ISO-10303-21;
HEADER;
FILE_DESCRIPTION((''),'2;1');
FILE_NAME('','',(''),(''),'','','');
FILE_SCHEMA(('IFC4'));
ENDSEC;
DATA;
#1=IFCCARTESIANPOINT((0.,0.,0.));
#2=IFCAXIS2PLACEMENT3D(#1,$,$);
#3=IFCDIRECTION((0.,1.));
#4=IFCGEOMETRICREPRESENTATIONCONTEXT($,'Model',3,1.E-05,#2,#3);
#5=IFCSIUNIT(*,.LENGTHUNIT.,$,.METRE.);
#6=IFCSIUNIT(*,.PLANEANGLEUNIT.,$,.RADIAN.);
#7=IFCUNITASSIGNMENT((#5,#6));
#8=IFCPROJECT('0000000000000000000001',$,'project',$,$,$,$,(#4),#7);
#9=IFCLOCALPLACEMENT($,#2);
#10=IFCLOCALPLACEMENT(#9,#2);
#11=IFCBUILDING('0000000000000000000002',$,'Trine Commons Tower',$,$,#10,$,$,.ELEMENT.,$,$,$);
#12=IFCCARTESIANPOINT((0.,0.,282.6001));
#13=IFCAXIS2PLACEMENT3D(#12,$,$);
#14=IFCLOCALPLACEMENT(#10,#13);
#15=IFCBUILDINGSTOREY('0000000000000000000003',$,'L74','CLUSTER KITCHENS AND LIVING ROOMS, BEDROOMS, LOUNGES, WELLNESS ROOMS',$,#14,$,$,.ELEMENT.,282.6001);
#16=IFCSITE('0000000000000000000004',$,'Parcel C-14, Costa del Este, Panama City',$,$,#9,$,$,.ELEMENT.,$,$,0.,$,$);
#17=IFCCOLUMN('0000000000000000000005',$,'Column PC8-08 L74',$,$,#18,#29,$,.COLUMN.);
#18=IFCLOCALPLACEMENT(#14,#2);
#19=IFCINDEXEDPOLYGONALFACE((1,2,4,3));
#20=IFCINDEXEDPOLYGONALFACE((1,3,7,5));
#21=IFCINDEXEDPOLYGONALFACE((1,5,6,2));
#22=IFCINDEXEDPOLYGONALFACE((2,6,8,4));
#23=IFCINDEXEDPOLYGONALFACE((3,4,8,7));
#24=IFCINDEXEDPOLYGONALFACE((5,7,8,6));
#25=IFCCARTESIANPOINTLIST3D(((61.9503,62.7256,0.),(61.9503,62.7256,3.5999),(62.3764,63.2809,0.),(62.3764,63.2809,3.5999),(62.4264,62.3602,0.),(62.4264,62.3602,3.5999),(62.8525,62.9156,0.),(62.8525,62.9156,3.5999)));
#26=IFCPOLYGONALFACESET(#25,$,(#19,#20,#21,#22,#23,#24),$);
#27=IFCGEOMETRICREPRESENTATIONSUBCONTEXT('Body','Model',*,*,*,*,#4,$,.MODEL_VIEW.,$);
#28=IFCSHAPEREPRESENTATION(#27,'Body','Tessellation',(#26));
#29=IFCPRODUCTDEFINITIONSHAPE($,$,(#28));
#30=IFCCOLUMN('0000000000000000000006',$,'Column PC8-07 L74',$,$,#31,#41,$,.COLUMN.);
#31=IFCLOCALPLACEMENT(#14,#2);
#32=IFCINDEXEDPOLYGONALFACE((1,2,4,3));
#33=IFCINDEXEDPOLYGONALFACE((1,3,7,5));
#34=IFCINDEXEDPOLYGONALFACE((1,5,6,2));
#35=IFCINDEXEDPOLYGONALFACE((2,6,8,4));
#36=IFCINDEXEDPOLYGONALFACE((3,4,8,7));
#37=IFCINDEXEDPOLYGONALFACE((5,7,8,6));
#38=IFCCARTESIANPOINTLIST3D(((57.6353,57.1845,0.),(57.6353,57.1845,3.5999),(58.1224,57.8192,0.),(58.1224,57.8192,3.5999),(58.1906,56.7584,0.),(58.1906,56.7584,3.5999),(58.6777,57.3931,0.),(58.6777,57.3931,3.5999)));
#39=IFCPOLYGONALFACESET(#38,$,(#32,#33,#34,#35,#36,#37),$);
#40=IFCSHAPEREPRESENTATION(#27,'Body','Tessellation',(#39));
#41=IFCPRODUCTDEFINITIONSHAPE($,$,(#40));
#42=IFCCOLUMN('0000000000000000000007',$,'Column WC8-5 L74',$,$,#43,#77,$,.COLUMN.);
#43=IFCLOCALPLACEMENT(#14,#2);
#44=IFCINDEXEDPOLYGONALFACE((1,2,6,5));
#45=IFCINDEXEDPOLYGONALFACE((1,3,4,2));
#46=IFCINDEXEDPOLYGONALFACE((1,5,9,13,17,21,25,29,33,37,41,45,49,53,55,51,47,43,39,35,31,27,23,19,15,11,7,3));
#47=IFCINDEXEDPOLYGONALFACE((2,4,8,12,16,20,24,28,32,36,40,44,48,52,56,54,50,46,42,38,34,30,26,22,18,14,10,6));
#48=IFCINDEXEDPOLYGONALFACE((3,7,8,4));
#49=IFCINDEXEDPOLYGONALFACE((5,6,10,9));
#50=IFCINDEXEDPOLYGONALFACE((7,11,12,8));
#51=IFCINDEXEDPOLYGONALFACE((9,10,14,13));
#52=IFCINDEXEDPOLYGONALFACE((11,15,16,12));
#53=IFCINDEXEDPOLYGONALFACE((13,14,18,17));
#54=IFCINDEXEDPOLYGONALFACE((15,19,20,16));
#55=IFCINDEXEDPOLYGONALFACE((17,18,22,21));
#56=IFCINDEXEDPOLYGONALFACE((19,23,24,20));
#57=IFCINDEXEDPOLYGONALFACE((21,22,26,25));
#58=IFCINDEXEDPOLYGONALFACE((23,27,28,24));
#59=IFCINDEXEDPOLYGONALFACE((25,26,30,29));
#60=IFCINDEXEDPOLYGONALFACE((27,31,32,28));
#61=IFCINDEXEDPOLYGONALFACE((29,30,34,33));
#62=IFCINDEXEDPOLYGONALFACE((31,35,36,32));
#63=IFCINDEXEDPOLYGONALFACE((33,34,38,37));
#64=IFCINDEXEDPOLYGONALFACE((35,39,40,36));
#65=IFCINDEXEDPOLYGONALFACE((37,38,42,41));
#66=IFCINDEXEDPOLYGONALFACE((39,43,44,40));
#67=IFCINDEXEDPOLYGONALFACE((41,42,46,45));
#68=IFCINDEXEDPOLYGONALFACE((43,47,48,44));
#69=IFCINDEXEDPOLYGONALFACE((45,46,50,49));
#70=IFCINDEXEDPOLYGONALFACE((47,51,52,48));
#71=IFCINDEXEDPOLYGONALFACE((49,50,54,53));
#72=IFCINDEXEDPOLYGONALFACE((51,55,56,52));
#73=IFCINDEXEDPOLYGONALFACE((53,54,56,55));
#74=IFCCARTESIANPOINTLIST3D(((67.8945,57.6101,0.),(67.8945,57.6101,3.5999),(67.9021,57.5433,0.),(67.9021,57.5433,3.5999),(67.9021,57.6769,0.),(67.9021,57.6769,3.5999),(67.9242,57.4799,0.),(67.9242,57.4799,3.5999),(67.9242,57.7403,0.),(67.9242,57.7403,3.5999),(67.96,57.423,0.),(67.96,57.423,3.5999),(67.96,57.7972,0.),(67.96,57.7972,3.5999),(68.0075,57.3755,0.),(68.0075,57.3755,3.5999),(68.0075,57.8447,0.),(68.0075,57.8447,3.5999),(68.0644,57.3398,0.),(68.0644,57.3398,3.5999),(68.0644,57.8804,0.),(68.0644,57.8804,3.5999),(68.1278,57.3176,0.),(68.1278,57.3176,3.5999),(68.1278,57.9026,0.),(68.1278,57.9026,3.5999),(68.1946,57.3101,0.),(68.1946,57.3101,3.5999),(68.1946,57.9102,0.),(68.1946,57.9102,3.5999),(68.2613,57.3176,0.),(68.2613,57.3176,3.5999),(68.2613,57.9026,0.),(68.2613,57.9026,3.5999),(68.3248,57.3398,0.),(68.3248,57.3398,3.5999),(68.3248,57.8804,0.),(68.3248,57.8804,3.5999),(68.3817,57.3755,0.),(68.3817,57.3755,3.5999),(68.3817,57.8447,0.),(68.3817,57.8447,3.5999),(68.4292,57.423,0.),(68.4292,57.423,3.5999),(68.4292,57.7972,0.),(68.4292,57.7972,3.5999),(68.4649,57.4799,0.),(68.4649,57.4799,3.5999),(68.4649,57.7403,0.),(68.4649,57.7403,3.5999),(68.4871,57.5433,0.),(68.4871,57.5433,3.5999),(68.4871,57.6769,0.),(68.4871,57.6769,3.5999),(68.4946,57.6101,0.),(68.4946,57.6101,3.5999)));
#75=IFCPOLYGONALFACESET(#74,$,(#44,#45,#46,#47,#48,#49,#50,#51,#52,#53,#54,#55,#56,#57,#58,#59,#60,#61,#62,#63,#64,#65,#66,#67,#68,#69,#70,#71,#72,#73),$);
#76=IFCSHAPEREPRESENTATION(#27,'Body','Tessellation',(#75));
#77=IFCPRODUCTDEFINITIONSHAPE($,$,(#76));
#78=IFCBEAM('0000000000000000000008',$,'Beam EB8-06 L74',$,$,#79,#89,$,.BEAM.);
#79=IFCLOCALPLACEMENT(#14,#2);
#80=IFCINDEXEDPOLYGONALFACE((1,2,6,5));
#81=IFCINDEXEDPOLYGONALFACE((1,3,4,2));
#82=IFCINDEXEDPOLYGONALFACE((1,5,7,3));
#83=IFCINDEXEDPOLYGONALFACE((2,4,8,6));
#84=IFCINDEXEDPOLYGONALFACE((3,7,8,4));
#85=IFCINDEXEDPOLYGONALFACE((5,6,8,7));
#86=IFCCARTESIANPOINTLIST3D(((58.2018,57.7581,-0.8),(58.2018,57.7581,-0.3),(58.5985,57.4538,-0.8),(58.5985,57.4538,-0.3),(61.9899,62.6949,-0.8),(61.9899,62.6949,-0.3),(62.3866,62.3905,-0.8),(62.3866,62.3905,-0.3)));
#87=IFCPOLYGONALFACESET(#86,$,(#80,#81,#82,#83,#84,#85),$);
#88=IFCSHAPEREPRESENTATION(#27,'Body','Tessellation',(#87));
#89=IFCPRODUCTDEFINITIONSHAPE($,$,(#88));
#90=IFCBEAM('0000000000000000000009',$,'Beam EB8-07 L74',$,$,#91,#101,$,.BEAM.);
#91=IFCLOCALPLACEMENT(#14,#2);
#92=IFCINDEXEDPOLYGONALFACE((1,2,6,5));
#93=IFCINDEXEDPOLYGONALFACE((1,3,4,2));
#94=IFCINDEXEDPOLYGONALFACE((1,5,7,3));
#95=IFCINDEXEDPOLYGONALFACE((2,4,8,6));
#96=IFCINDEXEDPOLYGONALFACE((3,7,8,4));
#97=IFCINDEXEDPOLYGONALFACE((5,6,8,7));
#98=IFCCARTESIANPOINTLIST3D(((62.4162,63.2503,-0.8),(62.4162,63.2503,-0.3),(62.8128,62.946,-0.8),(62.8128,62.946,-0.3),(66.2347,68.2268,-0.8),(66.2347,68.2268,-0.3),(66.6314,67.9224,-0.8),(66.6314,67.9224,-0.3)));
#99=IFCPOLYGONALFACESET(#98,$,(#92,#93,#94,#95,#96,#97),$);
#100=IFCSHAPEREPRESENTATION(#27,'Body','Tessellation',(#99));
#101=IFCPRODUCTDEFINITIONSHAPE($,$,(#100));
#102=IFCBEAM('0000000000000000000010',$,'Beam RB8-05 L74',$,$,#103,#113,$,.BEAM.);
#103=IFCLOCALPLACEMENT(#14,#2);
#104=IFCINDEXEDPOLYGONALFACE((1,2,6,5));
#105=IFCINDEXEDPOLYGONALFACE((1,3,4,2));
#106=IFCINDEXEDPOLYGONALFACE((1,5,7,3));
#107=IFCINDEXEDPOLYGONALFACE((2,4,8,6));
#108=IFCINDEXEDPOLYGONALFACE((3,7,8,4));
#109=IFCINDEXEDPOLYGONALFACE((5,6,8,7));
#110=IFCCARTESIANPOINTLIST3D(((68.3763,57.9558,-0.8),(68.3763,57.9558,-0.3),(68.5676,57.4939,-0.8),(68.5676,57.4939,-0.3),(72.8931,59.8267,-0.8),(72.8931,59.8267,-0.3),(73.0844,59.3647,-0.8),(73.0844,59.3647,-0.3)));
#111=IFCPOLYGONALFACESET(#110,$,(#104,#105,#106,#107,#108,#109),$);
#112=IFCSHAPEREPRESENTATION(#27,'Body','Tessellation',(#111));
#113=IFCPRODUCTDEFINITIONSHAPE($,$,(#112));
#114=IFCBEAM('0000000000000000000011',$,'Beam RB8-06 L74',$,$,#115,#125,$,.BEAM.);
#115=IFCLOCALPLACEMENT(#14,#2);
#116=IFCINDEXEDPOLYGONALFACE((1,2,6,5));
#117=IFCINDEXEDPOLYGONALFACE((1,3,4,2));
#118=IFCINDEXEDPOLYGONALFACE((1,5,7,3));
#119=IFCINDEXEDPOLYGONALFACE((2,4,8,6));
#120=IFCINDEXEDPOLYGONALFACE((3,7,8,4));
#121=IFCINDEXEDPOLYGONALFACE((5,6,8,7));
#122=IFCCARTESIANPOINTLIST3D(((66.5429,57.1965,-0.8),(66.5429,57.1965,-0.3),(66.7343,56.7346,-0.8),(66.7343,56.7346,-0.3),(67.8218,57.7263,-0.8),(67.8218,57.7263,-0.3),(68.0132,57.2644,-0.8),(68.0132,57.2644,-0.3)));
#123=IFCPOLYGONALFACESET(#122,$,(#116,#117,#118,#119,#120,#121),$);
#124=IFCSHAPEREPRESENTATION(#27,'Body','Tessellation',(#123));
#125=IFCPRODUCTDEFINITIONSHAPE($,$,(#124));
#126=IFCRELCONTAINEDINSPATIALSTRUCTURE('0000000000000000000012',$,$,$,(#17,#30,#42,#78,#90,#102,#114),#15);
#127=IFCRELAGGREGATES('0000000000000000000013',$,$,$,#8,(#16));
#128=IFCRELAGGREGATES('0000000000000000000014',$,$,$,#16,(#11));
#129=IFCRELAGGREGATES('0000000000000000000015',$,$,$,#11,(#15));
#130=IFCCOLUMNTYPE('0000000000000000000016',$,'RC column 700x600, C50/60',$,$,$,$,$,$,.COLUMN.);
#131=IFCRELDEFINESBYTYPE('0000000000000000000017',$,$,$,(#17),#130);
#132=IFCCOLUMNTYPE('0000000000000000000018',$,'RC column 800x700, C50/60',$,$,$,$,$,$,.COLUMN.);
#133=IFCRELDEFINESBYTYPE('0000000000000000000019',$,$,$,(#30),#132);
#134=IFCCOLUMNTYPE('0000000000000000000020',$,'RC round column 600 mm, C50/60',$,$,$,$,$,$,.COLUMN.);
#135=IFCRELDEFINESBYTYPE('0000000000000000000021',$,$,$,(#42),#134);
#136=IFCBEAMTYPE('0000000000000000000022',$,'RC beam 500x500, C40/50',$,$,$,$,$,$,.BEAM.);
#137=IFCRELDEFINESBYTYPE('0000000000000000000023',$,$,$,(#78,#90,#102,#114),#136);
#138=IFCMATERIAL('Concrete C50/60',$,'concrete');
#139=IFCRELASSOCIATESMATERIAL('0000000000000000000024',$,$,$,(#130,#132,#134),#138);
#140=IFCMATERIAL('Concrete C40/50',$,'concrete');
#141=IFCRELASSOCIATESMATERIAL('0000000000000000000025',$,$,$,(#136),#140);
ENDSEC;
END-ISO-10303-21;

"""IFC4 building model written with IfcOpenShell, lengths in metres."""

from ifc_helpers import new_model, si_unit, direction, frame, origin, origin_2d, place, context, subcontext, project, spatial, rectangle, circle, extrude, material, material_profile, profile_set, type_object, element, save


model = new_model("IFC4")

# Units and contexts
model_context = context("Model", 3, precision=1e-05, world=origin(), true_north=direction((0.0, 1.0)))
body_context = subcontext(model_context, "Body", "Model", "MODEL_VIEW")
ifc_project = project(units=[si_unit("LENGTHUNIT", "METRE"), si_unit("PLANEANGLEUNIT", "RADIAN")], contexts=[model_context])

# Site, building, storey
site_placement = place(None, origin())
site = spatial("IfcSite", under=ifc_project, at=site_placement, Name="Parcel C-14, Costa del Este, Panama City", CompositionType="ELEMENT", RefElevation=0.0)
building_placement = place(site_placement, origin())
building = spatial("IfcBuilding", under=site, at=building_placement, Name="Trine Commons Tower", CompositionType="ELEMENT")
storey_placement = place(building_placement, frame((0.0, 0.0, 282.6001)))
storey = spatial("IfcBuildingStorey", under=building, at=storey_placement, Name="L74", Description="CLUSTER KITCHENS AND LIVING ROOMS, BEDROOMS, LOUNGES, WELLNESS ROOMS", CompositionType="ELEMENT", Elevation=282.6001)

# Columns
ifc_material_1 = material(Name="Concrete C50/60", Category="concrete")
ifc_material_profile_1 = material_profile(ifc_material_1, rectangle(XDim=0.7, YDim=0.6001, at=origin_2d()), Name="RC 700x600")
ifc_profile_set_1 = profile_set([ifc_material_profile_1], Name="Concrete C50/60")
column_type_1 = type_object("IfcColumnType", Name="RC column 700x600, C50/60", PredefinedType="COLUMN", material=ifc_profile_set_1)
column_1_placement = place(storey_placement, frame((62.4014, 62.8206, 0.0), z_axis=(0.0, 0.0, 1.0), x_axis=(0.608761, 0.793353, 0.0)))
element("IfcColumn", 1, at=column_1_placement, inside=storey, type_object=column_type_1, Name="Column PC8-08 L74", PredefinedType="COLUMN", context=body_context, shape_type="SweptSolid", body=[
    extrude(rectangle(XDim=0.7, YDim=0.6001, at=origin_2d()), origin(), (0.0, 0.0, 1.0), 3.5999),
])
ifc_material_profile_2 = material_profile(ifc_material_1, rectangle(XDim=0.8, YDim=0.7, at=origin_2d()), Name="RC 800x700")
ifc_profile_set_2 = profile_set([ifc_material_profile_2], Name="Concrete C50/60")
column_type_2 = type_object("IfcColumnType", Name="RC column 800x700, C50/60", PredefinedType="COLUMN", material=ifc_profile_set_2)
column_2_placement = place(storey_placement, frame((58.1565, 57.2888, 0.0), z_axis=(0.0, 0.0, 1.0), x_axis=(0.608761, 0.793353, 0.0)))
element("IfcColumn", 2, at=column_2_placement, inside=storey, type_object=column_type_2, Name="Column PC8-07 L74", PredefinedType="COLUMN", context=body_context, shape_type="SweptSolid", body=[
    extrude(rectangle(XDim=0.8, YDim=0.7, at=origin_2d()), origin(), (0.0, 0.0, 1.0), 3.5999),
])
ifc_material_profile_3 = material_profile(ifc_material_1, circle(Radius=0.3, at=origin_2d()), Name="RC round 600")
ifc_profile_set_3 = profile_set([ifc_material_profile_3], Name="Concrete C50/60")
column_type_3 = type_object("IfcColumnType", Name="RC round column 600 mm, C50/60", PredefinedType="COLUMN", material=ifc_profile_set_3)
column_3_placement = place(storey_placement, frame((68.1946, 57.6101, 0.0), z_axis=(0.0, 0.0, 1.0), x_axis=(1.0, 0.0, 0.0)))
element("IfcColumn", 3, at=column_3_placement, inside=storey, type_object=column_type_3, Name="Column WC8-5 L74", PredefinedType="COLUMN", context=body_context, shape_type="SweptSolid", body=[
    extrude(circle(Radius=0.3, at=origin_2d()), origin(), (0.0, 0.0, 1.0), 3.5999),
])

# Beams
ifc_material_2 = material(Name="Concrete C40/50", Category="concrete")
ifc_material_profile_4 = material_profile(ifc_material_2, rectangle(XDim=0.5, YDim=0.5, at=origin_2d()), Name="RC 500x500")
ifc_profile_set_4 = profile_set([ifc_material_profile_4], Name="Concrete C40/50")
beam_type = type_object("IfcBeamType", Name="RC beam 500x500, C40/50", PredefinedType="BEAM", material=ifc_profile_set_4)
beam_1_placement = place(storey_placement, frame((58.4001, 57.606, -0.55), z_axis=(0.608758, 0.793356, 0.0), x_axis=(-0.793356, 0.608758, 0.0)))
element("IfcBeam", 4, at=beam_1_placement, inside=storey, type_object=beam_type, Name="Beam EB8-06 L74", PredefinedType="BEAM", context=body_context, shape_type="SweptSolid", body=[
    extrude(rectangle(XDim=0.5, YDim=0.5, at=origin_2d()), origin(), (0.0, 0.0, 1.0), 6.2227),
])
beam_2_placement = place(storey_placement, frame((62.6145, 63.0981, -0.55), z_axis=(0.608757, 0.793357, 0.0), x_axis=(-0.793357, 0.608757, 0.0)))
element("IfcBeam", 5, at=beam_2_placement, inside=storey, type_object=beam_type, Name="Beam EB8-07 L74", PredefinedType="BEAM", context=body_context, shape_type="SweptSolid", body=[
    extrude(rectangle(XDim=0.5, YDim=0.5, at=origin_2d()), origin(), (0.0, 0.0, 1.0), 6.2727),
])
beam_3_placement = place(storey_placement, frame((72.9888, 59.5957, -0.55), z_axis=(-0.923886, -0.382668, 0.0), x_axis=(0.382668, -0.923886, 0.0)))
element("IfcBeam", 6, at=beam_3_placement, inside=storey, type_object=beam_type, Name="Beam RB8-05 L74", PredefinedType="BEAM", context=body_context, shape_type="SweptSolid", body=[
    extrude(rectangle(XDim=0.5, YDim=0.5, at=origin_2d()), origin(), (0.0, 0.0, 1.0), 4.8889),
])
beam_4_placement = place(storey_placement, frame((67.9175, 57.4954, -0.55), z_axis=(-0.923858, -0.382736, 0.0), x_axis=(0.382736, -0.923858, 0.0)))
element("IfcBeam", 7, at=beam_4_placement, inside=storey, type_object=beam_type, Name="Beam RB8-06 L74", PredefinedType="BEAM", context=body_context, shape_type="SweptSolid", body=[
    extrude(rectangle(XDim=0.5, YDim=0.5, at=origin_2d()), origin(), (0.0, 0.0, 1.0), 1.3843),
])

save(model, "model.ifc")
